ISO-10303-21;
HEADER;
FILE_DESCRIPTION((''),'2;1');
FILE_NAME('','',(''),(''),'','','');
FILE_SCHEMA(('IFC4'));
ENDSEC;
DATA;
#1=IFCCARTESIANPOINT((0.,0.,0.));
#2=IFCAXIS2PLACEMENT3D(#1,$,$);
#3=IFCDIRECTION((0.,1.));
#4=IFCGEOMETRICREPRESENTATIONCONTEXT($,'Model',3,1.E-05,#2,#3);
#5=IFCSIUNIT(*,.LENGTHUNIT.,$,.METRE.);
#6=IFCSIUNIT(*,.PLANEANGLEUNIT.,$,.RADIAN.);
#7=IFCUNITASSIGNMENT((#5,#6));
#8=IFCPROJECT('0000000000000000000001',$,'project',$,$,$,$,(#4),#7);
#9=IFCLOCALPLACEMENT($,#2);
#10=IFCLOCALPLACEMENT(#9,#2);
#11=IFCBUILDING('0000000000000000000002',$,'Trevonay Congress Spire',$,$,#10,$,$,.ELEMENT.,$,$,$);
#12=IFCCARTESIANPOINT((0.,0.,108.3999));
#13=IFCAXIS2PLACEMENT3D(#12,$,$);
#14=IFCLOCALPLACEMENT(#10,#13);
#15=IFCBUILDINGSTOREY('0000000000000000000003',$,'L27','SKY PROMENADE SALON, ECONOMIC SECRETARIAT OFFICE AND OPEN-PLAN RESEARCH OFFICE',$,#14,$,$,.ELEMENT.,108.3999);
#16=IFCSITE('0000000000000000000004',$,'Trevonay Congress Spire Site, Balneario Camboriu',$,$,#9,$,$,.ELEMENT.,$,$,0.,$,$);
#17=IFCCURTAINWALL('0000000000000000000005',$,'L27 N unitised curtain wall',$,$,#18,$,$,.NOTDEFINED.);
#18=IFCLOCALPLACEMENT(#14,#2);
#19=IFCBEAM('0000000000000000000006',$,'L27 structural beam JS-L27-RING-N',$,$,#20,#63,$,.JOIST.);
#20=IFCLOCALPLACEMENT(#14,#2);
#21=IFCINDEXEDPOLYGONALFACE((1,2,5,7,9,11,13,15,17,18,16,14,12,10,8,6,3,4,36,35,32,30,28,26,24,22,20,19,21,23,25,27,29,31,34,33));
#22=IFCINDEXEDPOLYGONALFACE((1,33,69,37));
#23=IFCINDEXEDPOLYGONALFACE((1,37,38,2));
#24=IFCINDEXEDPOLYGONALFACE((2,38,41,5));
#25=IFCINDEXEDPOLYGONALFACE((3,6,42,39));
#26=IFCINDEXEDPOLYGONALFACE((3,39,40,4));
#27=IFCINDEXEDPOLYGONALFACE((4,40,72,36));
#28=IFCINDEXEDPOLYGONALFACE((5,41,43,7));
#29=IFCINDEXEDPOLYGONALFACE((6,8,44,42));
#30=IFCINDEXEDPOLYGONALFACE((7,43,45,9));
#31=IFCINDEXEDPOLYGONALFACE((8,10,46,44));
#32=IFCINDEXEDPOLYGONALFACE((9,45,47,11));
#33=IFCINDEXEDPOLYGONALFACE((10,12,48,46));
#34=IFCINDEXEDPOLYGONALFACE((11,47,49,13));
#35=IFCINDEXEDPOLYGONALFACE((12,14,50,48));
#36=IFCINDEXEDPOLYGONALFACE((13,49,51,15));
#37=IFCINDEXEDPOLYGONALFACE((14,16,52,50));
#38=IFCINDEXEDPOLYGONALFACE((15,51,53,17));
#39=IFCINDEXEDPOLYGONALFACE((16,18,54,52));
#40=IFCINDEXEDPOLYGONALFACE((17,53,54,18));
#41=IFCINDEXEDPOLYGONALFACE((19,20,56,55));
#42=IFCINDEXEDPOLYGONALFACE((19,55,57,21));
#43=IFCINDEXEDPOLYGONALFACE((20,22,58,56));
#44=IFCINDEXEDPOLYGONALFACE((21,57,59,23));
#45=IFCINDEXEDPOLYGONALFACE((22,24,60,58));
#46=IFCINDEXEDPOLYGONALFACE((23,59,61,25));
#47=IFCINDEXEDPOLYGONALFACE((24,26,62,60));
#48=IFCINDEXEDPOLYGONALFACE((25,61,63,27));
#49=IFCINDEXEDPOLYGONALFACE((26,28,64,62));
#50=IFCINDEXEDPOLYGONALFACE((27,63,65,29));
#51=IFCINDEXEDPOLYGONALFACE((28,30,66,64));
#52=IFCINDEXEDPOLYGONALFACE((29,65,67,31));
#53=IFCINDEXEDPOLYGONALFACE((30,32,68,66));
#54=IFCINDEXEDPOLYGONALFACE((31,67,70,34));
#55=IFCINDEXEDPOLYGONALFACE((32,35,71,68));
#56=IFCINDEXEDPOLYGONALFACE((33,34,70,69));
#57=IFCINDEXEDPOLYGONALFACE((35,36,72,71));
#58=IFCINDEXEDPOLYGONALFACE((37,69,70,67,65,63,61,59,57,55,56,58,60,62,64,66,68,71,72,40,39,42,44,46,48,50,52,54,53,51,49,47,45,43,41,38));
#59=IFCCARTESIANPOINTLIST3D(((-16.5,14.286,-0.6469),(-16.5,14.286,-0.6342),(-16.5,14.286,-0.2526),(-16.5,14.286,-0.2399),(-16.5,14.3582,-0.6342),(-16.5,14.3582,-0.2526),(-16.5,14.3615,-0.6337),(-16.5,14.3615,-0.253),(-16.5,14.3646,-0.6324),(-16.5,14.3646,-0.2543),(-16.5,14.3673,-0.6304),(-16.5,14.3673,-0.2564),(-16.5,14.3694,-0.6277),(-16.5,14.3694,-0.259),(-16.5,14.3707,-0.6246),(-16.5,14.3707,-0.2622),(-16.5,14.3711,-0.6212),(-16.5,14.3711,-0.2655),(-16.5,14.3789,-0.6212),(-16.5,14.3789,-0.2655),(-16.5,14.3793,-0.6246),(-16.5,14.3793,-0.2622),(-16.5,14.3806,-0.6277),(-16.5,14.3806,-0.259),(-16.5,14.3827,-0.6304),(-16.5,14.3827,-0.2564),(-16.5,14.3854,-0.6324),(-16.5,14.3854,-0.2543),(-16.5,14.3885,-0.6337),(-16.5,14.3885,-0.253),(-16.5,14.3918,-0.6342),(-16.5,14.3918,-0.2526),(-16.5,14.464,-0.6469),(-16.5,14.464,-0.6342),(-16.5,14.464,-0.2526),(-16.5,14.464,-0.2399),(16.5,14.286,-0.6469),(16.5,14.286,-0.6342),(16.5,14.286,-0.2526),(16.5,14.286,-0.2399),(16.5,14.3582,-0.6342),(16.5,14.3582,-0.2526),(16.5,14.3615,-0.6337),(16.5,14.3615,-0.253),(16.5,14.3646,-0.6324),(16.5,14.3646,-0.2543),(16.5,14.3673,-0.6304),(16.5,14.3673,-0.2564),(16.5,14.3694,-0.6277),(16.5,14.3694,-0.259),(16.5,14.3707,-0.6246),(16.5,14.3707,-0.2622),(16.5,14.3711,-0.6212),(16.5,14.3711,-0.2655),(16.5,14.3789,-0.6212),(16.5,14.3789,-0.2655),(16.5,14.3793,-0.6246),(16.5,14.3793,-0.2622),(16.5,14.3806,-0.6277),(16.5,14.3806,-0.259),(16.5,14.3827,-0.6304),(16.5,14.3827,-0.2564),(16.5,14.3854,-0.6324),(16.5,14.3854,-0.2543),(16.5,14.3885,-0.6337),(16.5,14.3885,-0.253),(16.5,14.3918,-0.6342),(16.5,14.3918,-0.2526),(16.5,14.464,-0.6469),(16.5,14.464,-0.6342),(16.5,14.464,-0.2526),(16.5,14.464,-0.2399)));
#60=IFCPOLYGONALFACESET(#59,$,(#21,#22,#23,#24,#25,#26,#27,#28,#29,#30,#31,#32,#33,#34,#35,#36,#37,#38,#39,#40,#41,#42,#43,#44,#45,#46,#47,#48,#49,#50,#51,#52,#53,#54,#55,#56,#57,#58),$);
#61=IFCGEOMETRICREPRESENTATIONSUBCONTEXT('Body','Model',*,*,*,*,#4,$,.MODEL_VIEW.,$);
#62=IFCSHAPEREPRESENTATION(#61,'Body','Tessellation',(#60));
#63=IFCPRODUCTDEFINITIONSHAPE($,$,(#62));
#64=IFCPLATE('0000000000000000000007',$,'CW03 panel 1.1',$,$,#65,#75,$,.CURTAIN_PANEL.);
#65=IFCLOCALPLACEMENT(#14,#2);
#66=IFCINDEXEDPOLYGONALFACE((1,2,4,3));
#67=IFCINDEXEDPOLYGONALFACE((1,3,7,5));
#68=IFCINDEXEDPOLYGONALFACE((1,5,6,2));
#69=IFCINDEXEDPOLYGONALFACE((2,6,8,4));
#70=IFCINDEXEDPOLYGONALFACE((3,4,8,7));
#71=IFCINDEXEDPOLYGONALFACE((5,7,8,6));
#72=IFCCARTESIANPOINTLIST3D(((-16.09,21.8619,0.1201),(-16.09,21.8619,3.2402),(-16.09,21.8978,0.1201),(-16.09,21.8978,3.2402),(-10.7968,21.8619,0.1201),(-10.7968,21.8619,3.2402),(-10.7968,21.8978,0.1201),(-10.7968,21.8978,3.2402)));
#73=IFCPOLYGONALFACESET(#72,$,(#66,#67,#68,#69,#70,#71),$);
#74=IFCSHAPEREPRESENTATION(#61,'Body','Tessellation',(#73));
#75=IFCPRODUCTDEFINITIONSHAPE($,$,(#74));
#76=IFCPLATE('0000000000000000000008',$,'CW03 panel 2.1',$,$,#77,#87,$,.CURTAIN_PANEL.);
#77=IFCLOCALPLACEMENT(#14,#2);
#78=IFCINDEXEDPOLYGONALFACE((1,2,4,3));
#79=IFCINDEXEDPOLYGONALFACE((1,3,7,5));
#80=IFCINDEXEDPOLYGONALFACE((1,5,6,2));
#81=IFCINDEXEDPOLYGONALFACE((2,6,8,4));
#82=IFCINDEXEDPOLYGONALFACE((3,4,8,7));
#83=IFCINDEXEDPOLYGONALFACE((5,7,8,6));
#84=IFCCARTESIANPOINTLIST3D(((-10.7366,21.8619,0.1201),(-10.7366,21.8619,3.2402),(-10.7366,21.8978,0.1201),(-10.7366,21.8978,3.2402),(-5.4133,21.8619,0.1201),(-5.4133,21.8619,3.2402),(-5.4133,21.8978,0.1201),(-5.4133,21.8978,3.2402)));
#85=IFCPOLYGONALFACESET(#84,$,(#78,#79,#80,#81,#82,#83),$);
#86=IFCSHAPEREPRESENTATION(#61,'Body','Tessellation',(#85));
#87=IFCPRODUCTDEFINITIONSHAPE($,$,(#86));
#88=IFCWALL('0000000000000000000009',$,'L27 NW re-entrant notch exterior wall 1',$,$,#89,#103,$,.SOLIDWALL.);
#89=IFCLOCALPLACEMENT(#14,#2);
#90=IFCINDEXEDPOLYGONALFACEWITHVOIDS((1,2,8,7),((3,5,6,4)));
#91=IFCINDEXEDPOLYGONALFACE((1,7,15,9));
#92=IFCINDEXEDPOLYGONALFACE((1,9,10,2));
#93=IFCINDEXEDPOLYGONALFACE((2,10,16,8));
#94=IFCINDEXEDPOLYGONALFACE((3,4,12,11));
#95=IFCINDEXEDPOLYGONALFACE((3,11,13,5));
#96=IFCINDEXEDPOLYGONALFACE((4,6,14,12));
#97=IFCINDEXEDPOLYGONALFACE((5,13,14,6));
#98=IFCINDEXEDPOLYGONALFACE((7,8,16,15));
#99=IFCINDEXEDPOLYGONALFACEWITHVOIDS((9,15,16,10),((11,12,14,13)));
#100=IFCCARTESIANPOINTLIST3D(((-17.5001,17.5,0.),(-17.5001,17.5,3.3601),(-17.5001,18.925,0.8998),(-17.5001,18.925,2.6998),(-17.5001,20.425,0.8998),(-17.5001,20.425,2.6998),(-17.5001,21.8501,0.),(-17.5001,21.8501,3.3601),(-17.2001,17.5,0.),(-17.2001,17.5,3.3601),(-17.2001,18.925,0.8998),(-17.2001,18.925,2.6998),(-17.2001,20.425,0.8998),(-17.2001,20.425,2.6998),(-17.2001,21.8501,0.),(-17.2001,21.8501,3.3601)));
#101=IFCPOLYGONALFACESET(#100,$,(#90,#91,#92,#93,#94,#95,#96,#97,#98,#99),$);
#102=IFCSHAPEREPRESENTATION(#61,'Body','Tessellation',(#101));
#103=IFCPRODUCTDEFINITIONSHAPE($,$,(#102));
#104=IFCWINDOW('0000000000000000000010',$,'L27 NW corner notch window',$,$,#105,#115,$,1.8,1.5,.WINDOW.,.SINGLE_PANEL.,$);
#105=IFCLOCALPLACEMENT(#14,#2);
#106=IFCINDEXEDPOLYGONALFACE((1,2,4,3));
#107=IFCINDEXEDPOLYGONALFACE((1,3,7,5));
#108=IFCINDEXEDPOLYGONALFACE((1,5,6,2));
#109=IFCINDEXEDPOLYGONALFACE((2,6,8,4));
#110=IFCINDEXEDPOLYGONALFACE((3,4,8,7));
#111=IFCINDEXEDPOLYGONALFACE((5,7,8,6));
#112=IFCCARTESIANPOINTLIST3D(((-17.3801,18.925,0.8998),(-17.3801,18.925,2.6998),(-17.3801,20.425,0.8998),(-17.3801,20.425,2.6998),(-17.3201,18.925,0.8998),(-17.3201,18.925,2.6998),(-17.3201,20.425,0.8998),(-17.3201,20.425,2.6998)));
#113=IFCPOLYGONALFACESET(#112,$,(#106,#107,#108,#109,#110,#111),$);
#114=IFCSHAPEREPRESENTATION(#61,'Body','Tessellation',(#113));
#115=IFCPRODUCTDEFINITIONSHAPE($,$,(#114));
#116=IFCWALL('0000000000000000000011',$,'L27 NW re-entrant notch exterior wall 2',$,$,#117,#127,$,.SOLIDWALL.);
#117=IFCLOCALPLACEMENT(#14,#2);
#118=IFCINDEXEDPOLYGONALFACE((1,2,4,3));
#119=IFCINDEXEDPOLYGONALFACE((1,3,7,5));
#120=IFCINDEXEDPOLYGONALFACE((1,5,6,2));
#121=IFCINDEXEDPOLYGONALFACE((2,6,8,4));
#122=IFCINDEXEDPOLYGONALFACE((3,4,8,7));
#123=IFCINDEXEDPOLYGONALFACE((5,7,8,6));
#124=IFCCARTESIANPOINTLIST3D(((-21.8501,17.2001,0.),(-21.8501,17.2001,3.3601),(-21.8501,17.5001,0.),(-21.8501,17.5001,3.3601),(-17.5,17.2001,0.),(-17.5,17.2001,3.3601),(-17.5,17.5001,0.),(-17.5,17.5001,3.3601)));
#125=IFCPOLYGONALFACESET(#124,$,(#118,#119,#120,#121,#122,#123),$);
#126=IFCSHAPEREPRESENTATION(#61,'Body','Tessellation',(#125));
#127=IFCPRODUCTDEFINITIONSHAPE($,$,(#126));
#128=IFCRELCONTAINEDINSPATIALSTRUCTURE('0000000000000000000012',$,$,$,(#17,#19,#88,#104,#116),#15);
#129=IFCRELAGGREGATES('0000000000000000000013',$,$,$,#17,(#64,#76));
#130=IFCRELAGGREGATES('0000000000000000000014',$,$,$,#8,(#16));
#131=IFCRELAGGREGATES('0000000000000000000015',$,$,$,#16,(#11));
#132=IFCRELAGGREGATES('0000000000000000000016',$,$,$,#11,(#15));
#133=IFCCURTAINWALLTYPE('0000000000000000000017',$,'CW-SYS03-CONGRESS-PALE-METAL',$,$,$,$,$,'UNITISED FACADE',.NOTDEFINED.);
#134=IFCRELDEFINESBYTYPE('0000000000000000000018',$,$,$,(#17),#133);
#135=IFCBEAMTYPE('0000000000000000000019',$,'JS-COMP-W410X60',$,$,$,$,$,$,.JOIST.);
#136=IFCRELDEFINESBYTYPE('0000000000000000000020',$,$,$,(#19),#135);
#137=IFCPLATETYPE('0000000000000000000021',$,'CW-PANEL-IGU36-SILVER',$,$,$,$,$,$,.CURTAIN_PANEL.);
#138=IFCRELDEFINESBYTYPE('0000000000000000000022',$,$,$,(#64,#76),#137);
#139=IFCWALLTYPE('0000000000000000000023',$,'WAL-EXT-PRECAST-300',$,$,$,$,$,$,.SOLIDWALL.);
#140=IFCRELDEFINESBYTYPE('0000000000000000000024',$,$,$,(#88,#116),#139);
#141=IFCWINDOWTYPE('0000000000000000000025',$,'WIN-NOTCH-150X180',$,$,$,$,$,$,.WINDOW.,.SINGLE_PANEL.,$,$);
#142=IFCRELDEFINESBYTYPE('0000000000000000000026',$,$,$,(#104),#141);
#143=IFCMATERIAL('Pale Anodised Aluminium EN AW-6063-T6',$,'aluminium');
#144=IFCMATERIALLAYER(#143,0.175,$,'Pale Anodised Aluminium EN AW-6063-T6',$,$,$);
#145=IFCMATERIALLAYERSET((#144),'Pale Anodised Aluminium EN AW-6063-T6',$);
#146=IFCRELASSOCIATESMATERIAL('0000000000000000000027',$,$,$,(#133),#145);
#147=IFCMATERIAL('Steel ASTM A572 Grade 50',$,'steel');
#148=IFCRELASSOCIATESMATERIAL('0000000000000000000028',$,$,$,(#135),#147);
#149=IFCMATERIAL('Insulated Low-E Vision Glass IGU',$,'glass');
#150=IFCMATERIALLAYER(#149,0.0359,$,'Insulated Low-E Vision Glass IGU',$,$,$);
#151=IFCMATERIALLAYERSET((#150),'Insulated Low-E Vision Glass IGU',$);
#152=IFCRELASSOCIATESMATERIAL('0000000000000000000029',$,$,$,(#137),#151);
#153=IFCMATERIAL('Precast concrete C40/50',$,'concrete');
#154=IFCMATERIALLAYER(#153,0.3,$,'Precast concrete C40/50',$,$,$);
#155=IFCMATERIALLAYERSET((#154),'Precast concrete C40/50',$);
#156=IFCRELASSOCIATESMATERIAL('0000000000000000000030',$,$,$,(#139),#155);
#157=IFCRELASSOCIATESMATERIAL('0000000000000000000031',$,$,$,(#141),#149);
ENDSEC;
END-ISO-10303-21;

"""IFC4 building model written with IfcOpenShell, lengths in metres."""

from ifc_helpers import new_model, si_unit, direction, frame, frame_2d, origin, origin_2d, place, context, subcontext, project, spatial, rectangle, i_section, extrude, material, layer, layer_set, material_profile, profile_set, type_object, element, fill, aggregate, save


model = new_model("IFC4")

# Units and contexts
model_context = context("Model", 3, precision=1e-05, world=origin(), true_north=direction((0.0, 1.0)))
body_context = subcontext(model_context, "Body", "Model", "MODEL_VIEW")
ifc_project = project(units=[si_unit("LENGTHUNIT", "METRE"), si_unit("PLANEANGLEUNIT", "RADIAN")], contexts=[model_context])

# Site, building, storey
site_placement = place(None, origin())
site = spatial("IfcSite", under=ifc_project, at=site_placement, Name="Trevonay Congress Spire Site, Balneario Camboriu", CompositionType="ELEMENT", RefElevation=0.0)
building_placement = place(site_placement, origin())
building = spatial("IfcBuilding", under=site, at=building_placement, Name="Trevonay Congress Spire", CompositionType="ELEMENT")
storey_placement = place(building_placement, frame((0.0, 0.0, 108.3999)))
storey = spatial("IfcBuildingStorey", under=building, at=storey_placement, Name="L27", Description="SKY PROMENADE SALON, ECONOMIC SECRETARIAT OFFICE AND OPEN-PLAN RESEARCH OFFICE", CompositionType="ELEMENT", Elevation=108.3999)

# Shared definitions
ifc_material_1 = material(Name="Steel ASTM A572 Grade 50", Category="steel")

# Curtain wall
ifc_material_2 = material(Name="Pale Anodised Aluminium EN AW-6063-T6", Category="aluminium")
ifc_layer_1 = layer(ifc_material_2, 0.175, Name="Pale Anodised Aluminium EN AW-6063-T6")
ifc_layer_set_1 = layer_set([ifc_layer_1], Name="Pale Anodised Aluminium EN AW-6063-T6")
curtain_wall_type = type_object("IfcCurtainWallType", Name="CW-SYS03-CONGRESS-PALE-METAL", ElementType="UNITISED FACADE", PredefinedType="NOTDEFINED", material=ifc_layer_set_1)
curtain_wall_1_placement = place(storey_placement, origin())
curtain_wall_1 = element("IfcCurtainWall", 1, at=curtain_wall_1_placement, inside=storey, type_object=curtain_wall_type, Name="L27 N unitised curtain wall", PredefinedType="NOTDEFINED")

# Beam
ifc_material_profile_1 = material_profile(ifc_material_1, i_section(OverallWidth=0.178, OverallDepth=0.407, WebThickness=0.0078, FlangeThickness=0.0127, FilletRadius=0.0129, at=origin_2d()), Name="W410x60")
ifc_profile_set_1 = profile_set([ifc_material_profile_1], Name="Steel ASTM A572 Grade 50")
beam_type_1 = type_object("IfcBeamType", Name="JS-COMP-W410X60", PredefinedType="JOIST", material=ifc_profile_set_1)
beam_placement = place(storey_placement, frame((-16.5, 14.375, -0.4434), z_axis=(1.0, 0.0, 0.0), x_axis=(0.0, 1.0, 0.0)))
element("IfcBeam", 2, at=beam_placement, inside=storey, type_object=beam_type_1, Name="L27 structural beam JS-L27-RING-N", PredefinedType="JOIST", context=body_context, shape_type="SweptSolid", body=[
    extrude(i_section(OverallWidth=0.178, OverallDepth=0.407, WebThickness=0.0078, FlangeThickness=0.0127, FilletRadius=0.0129, at=origin_2d()), origin(), (0.0, 0.0, 1.0), 33.0),
])

# Plates
ifc_material_3 = material(Name="Insulated Low-E Vision Glass IGU", Category="glass")
ifc_layer_2 = layer(ifc_material_3, 0.0359, Name="Insulated Low-E Vision Glass IGU")
ifc_layer_set_2 = layer_set([ifc_layer_2], Name="Insulated Low-E Vision Glass IGU")
plate_type = type_object("IfcPlateType", Name="CW-PANEL-IGU36-SILVER", PredefinedType="CURTAIN_PANEL", material=ifc_layer_set_2)
plate_1_placement = place(storey_placement, frame((-13.4434, 21.8799, 0.1201), z_axis=(0.0, 0.0, 1.0), x_axis=(1.0, 0.0, 0.0)))
plate_1 = element("IfcPlate", 3, at=plate_1_placement, type_object=plate_type, Name="CW03 panel 1.1", PredefinedType="CURTAIN_PANEL", context=body_context, shape_type="SweptSolid", body=[
    extrude(rectangle(XDim=5.2932, YDim=0.0359, at=origin_2d()), origin(), (0.0, 0.0, 1.0), 3.1201),
])
plate_2_placement = place(storey_placement, frame((-8.075, 21.8799, 0.1201), z_axis=(0.0, 0.0, 1.0), x_axis=(1.0, 0.0, 0.0)))
plate_2 = element("IfcPlate", 4, at=plate_2_placement, type_object=plate_type, Name="CW03 panel 2.1", PredefinedType="CURTAIN_PANEL", context=body_context, shape_type="SweptSolid", body=[
    extrude(rectangle(XDim=5.3232, YDim=0.0359, at=origin_2d()), origin(), (0.0, 0.0, 1.0), 3.1201),
])
aggregate(curtain_wall_1, [plate_1, plate_2])

# Wall, opening, window
ifc_material_4 = material(Name="Precast concrete C40/50", Category="concrete")
ifc_layer_3 = layer(ifc_material_4, 0.3, Name="Precast concrete C40/50")
ifc_layer_set_3 = layer_set([ifc_layer_3], Name="Precast concrete C40/50")
wall_type = type_object("IfcWallType", Name="WAL-EXT-PRECAST-300", PredefinedType="SOLIDWALL", material=ifc_layer_set_3)
wall_1_placement = place(storey_placement, frame((-17.3501, 21.8501, 0.0), z_axis=(0.0, 0.0, 1.0), x_axis=(0.0, -1.0, 0.0)))
wall_1 = element("IfcWall", 5, at=wall_1_placement, inside=storey, type_object=wall_type, Name="L27 NW re-entrant notch exterior wall 1", PredefinedType="SOLIDWALL", context=body_context, shape_type="SweptSolid", body=[
    extrude(rectangle(XDim=4.3501, YDim=0.3, at=frame_2d((2.175, 0.0))), origin(), (0.0, 0.0, 1.0), 3.3601),
])
opening_placement = place(wall_1_placement, frame((1.425, 0.0, 0.8999)))
opening = element("IfcOpeningElement", 6, at=opening_placement, cuts=wall_1, PredefinedType="OPENING", context=body_context, shape_type="SweptSolid", body=[
    extrude(rectangle(XDim=1.5, YDim=1.8, at=frame_2d((0.75, 0.8999))), frame((0.0, 0.1602, 0.0), z_axis=(0.0, -1.0, 0.0), x_axis=(1.0, 0.0, 0.0)), (0.0, 0.0, 1.0), 0.3201),
])
window_type = type_object("IfcWindowType", Name="WIN-NOTCH-150X180", PartitioningType="SINGLE_PANEL", PredefinedType="WINDOW", material=ifc_material_3)
window_placement = place(opening_placement, origin())
window = element("IfcWindow", 7, at=window_placement, inside=storey, type_object=window_type, Name="L27 NW corner notch window", OverallHeight=1.8, OverallWidth=1.5, PartitioningType="SINGLE_PANEL", PredefinedType="WINDOW", context=body_context, shape_type="SweptSolid", body=[
    extrude(rectangle(XDim=1.5, YDim=1.8, at=frame_2d((0.75, 0.8999))), frame((0.0, 0.03, 0.0), z_axis=(0.0, -1.0, 0.0), x_axis=(1.0, 0.0, 0.0)), (0.0, 0.0, 1.0), 0.0601),
])
fill(opening, window)

# Wall
wall_2_placement = place(storey_placement, frame((-21.8501, 17.3501, 0.0), z_axis=(0.0, 0.0, 1.0), x_axis=(1.0, 0.0, 0.0)))
element("IfcWall", 8, at=wall_2_placement, inside=storey, type_object=wall_type, Name="L27 NW re-entrant notch exterior wall 2", PredefinedType="SOLIDWALL", context=body_context, shape_type="SweptSolid", body=[
    extrude(rectangle(XDim=4.3501, YDim=0.3, at=frame_2d((2.175, 0.0))), origin(), (0.0, 0.0, 1.0), 3.3601),
])

save(model, "model.ifc")
